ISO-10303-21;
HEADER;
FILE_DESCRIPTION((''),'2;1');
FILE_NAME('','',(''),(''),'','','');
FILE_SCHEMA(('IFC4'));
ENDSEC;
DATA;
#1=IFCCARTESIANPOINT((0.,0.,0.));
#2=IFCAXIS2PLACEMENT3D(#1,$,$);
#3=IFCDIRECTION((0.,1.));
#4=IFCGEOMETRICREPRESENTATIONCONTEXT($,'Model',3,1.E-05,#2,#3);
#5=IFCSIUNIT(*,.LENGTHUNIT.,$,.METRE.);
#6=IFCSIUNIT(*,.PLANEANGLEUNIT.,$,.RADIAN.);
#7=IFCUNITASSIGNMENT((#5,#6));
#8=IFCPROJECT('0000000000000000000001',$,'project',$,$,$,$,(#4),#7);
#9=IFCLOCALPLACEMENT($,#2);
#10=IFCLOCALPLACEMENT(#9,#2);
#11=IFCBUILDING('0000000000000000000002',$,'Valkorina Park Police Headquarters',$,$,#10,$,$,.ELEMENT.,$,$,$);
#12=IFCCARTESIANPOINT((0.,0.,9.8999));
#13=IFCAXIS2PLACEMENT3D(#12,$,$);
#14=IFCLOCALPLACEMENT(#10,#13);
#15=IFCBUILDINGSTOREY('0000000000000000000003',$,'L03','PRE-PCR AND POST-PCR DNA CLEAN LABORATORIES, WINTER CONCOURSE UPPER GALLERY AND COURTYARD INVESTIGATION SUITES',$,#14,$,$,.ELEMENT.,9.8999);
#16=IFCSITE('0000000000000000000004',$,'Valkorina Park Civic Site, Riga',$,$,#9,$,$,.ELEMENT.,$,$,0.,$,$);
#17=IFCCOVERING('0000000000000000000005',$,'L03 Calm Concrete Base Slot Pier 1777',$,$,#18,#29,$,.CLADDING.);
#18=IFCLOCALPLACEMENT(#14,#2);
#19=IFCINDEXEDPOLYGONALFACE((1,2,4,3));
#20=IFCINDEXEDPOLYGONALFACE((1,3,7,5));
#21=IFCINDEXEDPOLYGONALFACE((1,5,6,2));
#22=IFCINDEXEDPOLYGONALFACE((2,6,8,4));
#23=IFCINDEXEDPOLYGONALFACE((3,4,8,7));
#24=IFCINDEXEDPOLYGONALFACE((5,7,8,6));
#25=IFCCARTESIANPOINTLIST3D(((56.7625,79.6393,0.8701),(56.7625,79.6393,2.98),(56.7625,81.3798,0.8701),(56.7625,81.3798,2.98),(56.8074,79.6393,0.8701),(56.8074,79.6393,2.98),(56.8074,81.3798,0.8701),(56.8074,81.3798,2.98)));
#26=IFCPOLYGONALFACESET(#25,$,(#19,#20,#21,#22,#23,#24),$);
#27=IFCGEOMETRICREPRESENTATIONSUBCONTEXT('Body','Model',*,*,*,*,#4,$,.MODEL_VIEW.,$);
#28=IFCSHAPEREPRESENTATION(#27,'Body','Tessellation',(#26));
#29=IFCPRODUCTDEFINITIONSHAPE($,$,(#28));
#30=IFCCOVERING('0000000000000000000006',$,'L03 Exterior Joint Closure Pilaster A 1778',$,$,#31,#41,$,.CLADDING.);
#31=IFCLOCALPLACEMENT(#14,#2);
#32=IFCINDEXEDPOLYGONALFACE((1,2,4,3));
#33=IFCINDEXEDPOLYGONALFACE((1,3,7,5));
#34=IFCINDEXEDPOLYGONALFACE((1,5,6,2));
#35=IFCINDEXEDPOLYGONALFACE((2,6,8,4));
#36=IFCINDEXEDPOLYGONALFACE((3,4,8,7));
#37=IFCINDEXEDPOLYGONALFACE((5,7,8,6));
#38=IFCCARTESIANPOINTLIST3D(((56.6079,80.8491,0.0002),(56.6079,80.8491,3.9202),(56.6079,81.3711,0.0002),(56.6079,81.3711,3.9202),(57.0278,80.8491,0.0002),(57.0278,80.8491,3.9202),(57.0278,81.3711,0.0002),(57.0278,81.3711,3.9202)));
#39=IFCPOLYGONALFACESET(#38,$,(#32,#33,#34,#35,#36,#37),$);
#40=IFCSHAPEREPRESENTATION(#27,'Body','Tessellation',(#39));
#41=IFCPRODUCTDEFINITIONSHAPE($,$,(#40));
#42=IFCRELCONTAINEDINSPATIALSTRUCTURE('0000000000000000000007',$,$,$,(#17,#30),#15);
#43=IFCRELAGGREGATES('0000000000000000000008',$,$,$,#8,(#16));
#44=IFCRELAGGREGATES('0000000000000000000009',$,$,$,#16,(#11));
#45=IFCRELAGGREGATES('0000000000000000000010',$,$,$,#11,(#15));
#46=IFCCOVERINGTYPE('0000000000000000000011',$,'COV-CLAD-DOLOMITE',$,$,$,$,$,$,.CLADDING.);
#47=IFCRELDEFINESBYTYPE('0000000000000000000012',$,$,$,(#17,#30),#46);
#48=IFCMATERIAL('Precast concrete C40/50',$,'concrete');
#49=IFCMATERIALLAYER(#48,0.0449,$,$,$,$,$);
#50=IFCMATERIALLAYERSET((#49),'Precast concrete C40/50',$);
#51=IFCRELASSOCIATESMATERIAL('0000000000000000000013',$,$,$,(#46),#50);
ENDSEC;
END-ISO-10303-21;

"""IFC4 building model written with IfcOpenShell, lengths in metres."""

from ifc_helpers import new_model, si_unit, direction, frame, frame_2d, origin, origin_2d, place, context, subcontext, project, spatial, rectangle, extrude, material, layer, layer_set, type_object, element, save


model = new_model("IFC4")

# Units and contexts
model_context = context("Model", 3, precision=1e-05, world=origin(), true_north=direction((0.0, 1.0)))
body_context = subcontext(model_context, "Body", "Model", "MODEL_VIEW")
ifc_project = project(units=[si_unit("LENGTHUNIT", "METRE"), si_unit("PLANEANGLEUNIT", "RADIAN")], contexts=[model_context])

# Site, building, storey
site_placement = place(None, origin())
site = spatial("IfcSite", under=ifc_project, at=site_placement, Name="Valkorina Park Civic Site, Riga", CompositionType="ELEMENT", RefElevation=0.0)
building_placement = place(site_placement, origin())
building = spatial("IfcBuilding", under=site, at=building_placement, Name="Valkorina Park Police Headquarters", CompositionType="ELEMENT")
storey_placement = place(building_placement, frame((0.0, 0.0, 9.8999)))
storey = spatial("IfcBuildingStorey", under=building, at=storey_placement, Name="L03", Description="PRE-PCR AND POST-PCR DNA CLEAN LABORATORIES, WINTER CONCOURSE UPPER GALLERY AND COURTYARD INVESTIGATION SUITES", CompositionType="ELEMENT", Elevation=9.8999)

# Coverings
ifc_material_1 = material(Name="Precast concrete C40/50", Category="concrete")
ifc_layer_1 = layer(ifc_material_1, 0.0449)
ifc_layer_set_1 = layer_set([ifc_layer_1], Name="Precast concrete C40/50")
covering_type = type_object("IfcCoveringType", Name="COV-CLAD-DOLOMITE", PredefinedType="CLADDING", material=ifc_layer_set_1)
covering_1_placement = place(storey_placement, frame((56.7849, 79.6394, 0.8701), z_axis=(0.0, 0.0, 1.0), x_axis=(0.0, 1.0, 0.0)))
element("IfcCovering", 1, at=covering_1_placement, inside=storey, type_object=covering_type, Name="L03 Calm Concrete Base Slot Pier 1777", PredefinedType="CLADDING", context=body_context, shape_type="SweptSolid", body=[
    extrude(rectangle(XDim=1.7405, YDim=0.0449, at=frame_2d((0.8701, 0.0))), origin(), (0.0, 0.0, 1.0), 2.1099),
])
covering_2_placement = place(storey_placement, frame((56.8179, 81.1101, 0.0002), z_axis=(0.0, 0.0, 1.0), x_axis=(1.0, 0.0, 0.0)))
element("IfcCovering", 2, at=covering_2_placement, inside=storey, type_object=covering_type, Name="L03 Exterior Joint Closure Pilaster A 1778", PredefinedType="CLADDING", context=body_context, shape_type="SweptSolid", body=[
    extrude(rectangle(XDim=0.4199, YDim=0.522, at=origin_2d()), origin(), (0.0, 0.0, 1.0), 3.9199),
])

save(model, "model.ifc")
